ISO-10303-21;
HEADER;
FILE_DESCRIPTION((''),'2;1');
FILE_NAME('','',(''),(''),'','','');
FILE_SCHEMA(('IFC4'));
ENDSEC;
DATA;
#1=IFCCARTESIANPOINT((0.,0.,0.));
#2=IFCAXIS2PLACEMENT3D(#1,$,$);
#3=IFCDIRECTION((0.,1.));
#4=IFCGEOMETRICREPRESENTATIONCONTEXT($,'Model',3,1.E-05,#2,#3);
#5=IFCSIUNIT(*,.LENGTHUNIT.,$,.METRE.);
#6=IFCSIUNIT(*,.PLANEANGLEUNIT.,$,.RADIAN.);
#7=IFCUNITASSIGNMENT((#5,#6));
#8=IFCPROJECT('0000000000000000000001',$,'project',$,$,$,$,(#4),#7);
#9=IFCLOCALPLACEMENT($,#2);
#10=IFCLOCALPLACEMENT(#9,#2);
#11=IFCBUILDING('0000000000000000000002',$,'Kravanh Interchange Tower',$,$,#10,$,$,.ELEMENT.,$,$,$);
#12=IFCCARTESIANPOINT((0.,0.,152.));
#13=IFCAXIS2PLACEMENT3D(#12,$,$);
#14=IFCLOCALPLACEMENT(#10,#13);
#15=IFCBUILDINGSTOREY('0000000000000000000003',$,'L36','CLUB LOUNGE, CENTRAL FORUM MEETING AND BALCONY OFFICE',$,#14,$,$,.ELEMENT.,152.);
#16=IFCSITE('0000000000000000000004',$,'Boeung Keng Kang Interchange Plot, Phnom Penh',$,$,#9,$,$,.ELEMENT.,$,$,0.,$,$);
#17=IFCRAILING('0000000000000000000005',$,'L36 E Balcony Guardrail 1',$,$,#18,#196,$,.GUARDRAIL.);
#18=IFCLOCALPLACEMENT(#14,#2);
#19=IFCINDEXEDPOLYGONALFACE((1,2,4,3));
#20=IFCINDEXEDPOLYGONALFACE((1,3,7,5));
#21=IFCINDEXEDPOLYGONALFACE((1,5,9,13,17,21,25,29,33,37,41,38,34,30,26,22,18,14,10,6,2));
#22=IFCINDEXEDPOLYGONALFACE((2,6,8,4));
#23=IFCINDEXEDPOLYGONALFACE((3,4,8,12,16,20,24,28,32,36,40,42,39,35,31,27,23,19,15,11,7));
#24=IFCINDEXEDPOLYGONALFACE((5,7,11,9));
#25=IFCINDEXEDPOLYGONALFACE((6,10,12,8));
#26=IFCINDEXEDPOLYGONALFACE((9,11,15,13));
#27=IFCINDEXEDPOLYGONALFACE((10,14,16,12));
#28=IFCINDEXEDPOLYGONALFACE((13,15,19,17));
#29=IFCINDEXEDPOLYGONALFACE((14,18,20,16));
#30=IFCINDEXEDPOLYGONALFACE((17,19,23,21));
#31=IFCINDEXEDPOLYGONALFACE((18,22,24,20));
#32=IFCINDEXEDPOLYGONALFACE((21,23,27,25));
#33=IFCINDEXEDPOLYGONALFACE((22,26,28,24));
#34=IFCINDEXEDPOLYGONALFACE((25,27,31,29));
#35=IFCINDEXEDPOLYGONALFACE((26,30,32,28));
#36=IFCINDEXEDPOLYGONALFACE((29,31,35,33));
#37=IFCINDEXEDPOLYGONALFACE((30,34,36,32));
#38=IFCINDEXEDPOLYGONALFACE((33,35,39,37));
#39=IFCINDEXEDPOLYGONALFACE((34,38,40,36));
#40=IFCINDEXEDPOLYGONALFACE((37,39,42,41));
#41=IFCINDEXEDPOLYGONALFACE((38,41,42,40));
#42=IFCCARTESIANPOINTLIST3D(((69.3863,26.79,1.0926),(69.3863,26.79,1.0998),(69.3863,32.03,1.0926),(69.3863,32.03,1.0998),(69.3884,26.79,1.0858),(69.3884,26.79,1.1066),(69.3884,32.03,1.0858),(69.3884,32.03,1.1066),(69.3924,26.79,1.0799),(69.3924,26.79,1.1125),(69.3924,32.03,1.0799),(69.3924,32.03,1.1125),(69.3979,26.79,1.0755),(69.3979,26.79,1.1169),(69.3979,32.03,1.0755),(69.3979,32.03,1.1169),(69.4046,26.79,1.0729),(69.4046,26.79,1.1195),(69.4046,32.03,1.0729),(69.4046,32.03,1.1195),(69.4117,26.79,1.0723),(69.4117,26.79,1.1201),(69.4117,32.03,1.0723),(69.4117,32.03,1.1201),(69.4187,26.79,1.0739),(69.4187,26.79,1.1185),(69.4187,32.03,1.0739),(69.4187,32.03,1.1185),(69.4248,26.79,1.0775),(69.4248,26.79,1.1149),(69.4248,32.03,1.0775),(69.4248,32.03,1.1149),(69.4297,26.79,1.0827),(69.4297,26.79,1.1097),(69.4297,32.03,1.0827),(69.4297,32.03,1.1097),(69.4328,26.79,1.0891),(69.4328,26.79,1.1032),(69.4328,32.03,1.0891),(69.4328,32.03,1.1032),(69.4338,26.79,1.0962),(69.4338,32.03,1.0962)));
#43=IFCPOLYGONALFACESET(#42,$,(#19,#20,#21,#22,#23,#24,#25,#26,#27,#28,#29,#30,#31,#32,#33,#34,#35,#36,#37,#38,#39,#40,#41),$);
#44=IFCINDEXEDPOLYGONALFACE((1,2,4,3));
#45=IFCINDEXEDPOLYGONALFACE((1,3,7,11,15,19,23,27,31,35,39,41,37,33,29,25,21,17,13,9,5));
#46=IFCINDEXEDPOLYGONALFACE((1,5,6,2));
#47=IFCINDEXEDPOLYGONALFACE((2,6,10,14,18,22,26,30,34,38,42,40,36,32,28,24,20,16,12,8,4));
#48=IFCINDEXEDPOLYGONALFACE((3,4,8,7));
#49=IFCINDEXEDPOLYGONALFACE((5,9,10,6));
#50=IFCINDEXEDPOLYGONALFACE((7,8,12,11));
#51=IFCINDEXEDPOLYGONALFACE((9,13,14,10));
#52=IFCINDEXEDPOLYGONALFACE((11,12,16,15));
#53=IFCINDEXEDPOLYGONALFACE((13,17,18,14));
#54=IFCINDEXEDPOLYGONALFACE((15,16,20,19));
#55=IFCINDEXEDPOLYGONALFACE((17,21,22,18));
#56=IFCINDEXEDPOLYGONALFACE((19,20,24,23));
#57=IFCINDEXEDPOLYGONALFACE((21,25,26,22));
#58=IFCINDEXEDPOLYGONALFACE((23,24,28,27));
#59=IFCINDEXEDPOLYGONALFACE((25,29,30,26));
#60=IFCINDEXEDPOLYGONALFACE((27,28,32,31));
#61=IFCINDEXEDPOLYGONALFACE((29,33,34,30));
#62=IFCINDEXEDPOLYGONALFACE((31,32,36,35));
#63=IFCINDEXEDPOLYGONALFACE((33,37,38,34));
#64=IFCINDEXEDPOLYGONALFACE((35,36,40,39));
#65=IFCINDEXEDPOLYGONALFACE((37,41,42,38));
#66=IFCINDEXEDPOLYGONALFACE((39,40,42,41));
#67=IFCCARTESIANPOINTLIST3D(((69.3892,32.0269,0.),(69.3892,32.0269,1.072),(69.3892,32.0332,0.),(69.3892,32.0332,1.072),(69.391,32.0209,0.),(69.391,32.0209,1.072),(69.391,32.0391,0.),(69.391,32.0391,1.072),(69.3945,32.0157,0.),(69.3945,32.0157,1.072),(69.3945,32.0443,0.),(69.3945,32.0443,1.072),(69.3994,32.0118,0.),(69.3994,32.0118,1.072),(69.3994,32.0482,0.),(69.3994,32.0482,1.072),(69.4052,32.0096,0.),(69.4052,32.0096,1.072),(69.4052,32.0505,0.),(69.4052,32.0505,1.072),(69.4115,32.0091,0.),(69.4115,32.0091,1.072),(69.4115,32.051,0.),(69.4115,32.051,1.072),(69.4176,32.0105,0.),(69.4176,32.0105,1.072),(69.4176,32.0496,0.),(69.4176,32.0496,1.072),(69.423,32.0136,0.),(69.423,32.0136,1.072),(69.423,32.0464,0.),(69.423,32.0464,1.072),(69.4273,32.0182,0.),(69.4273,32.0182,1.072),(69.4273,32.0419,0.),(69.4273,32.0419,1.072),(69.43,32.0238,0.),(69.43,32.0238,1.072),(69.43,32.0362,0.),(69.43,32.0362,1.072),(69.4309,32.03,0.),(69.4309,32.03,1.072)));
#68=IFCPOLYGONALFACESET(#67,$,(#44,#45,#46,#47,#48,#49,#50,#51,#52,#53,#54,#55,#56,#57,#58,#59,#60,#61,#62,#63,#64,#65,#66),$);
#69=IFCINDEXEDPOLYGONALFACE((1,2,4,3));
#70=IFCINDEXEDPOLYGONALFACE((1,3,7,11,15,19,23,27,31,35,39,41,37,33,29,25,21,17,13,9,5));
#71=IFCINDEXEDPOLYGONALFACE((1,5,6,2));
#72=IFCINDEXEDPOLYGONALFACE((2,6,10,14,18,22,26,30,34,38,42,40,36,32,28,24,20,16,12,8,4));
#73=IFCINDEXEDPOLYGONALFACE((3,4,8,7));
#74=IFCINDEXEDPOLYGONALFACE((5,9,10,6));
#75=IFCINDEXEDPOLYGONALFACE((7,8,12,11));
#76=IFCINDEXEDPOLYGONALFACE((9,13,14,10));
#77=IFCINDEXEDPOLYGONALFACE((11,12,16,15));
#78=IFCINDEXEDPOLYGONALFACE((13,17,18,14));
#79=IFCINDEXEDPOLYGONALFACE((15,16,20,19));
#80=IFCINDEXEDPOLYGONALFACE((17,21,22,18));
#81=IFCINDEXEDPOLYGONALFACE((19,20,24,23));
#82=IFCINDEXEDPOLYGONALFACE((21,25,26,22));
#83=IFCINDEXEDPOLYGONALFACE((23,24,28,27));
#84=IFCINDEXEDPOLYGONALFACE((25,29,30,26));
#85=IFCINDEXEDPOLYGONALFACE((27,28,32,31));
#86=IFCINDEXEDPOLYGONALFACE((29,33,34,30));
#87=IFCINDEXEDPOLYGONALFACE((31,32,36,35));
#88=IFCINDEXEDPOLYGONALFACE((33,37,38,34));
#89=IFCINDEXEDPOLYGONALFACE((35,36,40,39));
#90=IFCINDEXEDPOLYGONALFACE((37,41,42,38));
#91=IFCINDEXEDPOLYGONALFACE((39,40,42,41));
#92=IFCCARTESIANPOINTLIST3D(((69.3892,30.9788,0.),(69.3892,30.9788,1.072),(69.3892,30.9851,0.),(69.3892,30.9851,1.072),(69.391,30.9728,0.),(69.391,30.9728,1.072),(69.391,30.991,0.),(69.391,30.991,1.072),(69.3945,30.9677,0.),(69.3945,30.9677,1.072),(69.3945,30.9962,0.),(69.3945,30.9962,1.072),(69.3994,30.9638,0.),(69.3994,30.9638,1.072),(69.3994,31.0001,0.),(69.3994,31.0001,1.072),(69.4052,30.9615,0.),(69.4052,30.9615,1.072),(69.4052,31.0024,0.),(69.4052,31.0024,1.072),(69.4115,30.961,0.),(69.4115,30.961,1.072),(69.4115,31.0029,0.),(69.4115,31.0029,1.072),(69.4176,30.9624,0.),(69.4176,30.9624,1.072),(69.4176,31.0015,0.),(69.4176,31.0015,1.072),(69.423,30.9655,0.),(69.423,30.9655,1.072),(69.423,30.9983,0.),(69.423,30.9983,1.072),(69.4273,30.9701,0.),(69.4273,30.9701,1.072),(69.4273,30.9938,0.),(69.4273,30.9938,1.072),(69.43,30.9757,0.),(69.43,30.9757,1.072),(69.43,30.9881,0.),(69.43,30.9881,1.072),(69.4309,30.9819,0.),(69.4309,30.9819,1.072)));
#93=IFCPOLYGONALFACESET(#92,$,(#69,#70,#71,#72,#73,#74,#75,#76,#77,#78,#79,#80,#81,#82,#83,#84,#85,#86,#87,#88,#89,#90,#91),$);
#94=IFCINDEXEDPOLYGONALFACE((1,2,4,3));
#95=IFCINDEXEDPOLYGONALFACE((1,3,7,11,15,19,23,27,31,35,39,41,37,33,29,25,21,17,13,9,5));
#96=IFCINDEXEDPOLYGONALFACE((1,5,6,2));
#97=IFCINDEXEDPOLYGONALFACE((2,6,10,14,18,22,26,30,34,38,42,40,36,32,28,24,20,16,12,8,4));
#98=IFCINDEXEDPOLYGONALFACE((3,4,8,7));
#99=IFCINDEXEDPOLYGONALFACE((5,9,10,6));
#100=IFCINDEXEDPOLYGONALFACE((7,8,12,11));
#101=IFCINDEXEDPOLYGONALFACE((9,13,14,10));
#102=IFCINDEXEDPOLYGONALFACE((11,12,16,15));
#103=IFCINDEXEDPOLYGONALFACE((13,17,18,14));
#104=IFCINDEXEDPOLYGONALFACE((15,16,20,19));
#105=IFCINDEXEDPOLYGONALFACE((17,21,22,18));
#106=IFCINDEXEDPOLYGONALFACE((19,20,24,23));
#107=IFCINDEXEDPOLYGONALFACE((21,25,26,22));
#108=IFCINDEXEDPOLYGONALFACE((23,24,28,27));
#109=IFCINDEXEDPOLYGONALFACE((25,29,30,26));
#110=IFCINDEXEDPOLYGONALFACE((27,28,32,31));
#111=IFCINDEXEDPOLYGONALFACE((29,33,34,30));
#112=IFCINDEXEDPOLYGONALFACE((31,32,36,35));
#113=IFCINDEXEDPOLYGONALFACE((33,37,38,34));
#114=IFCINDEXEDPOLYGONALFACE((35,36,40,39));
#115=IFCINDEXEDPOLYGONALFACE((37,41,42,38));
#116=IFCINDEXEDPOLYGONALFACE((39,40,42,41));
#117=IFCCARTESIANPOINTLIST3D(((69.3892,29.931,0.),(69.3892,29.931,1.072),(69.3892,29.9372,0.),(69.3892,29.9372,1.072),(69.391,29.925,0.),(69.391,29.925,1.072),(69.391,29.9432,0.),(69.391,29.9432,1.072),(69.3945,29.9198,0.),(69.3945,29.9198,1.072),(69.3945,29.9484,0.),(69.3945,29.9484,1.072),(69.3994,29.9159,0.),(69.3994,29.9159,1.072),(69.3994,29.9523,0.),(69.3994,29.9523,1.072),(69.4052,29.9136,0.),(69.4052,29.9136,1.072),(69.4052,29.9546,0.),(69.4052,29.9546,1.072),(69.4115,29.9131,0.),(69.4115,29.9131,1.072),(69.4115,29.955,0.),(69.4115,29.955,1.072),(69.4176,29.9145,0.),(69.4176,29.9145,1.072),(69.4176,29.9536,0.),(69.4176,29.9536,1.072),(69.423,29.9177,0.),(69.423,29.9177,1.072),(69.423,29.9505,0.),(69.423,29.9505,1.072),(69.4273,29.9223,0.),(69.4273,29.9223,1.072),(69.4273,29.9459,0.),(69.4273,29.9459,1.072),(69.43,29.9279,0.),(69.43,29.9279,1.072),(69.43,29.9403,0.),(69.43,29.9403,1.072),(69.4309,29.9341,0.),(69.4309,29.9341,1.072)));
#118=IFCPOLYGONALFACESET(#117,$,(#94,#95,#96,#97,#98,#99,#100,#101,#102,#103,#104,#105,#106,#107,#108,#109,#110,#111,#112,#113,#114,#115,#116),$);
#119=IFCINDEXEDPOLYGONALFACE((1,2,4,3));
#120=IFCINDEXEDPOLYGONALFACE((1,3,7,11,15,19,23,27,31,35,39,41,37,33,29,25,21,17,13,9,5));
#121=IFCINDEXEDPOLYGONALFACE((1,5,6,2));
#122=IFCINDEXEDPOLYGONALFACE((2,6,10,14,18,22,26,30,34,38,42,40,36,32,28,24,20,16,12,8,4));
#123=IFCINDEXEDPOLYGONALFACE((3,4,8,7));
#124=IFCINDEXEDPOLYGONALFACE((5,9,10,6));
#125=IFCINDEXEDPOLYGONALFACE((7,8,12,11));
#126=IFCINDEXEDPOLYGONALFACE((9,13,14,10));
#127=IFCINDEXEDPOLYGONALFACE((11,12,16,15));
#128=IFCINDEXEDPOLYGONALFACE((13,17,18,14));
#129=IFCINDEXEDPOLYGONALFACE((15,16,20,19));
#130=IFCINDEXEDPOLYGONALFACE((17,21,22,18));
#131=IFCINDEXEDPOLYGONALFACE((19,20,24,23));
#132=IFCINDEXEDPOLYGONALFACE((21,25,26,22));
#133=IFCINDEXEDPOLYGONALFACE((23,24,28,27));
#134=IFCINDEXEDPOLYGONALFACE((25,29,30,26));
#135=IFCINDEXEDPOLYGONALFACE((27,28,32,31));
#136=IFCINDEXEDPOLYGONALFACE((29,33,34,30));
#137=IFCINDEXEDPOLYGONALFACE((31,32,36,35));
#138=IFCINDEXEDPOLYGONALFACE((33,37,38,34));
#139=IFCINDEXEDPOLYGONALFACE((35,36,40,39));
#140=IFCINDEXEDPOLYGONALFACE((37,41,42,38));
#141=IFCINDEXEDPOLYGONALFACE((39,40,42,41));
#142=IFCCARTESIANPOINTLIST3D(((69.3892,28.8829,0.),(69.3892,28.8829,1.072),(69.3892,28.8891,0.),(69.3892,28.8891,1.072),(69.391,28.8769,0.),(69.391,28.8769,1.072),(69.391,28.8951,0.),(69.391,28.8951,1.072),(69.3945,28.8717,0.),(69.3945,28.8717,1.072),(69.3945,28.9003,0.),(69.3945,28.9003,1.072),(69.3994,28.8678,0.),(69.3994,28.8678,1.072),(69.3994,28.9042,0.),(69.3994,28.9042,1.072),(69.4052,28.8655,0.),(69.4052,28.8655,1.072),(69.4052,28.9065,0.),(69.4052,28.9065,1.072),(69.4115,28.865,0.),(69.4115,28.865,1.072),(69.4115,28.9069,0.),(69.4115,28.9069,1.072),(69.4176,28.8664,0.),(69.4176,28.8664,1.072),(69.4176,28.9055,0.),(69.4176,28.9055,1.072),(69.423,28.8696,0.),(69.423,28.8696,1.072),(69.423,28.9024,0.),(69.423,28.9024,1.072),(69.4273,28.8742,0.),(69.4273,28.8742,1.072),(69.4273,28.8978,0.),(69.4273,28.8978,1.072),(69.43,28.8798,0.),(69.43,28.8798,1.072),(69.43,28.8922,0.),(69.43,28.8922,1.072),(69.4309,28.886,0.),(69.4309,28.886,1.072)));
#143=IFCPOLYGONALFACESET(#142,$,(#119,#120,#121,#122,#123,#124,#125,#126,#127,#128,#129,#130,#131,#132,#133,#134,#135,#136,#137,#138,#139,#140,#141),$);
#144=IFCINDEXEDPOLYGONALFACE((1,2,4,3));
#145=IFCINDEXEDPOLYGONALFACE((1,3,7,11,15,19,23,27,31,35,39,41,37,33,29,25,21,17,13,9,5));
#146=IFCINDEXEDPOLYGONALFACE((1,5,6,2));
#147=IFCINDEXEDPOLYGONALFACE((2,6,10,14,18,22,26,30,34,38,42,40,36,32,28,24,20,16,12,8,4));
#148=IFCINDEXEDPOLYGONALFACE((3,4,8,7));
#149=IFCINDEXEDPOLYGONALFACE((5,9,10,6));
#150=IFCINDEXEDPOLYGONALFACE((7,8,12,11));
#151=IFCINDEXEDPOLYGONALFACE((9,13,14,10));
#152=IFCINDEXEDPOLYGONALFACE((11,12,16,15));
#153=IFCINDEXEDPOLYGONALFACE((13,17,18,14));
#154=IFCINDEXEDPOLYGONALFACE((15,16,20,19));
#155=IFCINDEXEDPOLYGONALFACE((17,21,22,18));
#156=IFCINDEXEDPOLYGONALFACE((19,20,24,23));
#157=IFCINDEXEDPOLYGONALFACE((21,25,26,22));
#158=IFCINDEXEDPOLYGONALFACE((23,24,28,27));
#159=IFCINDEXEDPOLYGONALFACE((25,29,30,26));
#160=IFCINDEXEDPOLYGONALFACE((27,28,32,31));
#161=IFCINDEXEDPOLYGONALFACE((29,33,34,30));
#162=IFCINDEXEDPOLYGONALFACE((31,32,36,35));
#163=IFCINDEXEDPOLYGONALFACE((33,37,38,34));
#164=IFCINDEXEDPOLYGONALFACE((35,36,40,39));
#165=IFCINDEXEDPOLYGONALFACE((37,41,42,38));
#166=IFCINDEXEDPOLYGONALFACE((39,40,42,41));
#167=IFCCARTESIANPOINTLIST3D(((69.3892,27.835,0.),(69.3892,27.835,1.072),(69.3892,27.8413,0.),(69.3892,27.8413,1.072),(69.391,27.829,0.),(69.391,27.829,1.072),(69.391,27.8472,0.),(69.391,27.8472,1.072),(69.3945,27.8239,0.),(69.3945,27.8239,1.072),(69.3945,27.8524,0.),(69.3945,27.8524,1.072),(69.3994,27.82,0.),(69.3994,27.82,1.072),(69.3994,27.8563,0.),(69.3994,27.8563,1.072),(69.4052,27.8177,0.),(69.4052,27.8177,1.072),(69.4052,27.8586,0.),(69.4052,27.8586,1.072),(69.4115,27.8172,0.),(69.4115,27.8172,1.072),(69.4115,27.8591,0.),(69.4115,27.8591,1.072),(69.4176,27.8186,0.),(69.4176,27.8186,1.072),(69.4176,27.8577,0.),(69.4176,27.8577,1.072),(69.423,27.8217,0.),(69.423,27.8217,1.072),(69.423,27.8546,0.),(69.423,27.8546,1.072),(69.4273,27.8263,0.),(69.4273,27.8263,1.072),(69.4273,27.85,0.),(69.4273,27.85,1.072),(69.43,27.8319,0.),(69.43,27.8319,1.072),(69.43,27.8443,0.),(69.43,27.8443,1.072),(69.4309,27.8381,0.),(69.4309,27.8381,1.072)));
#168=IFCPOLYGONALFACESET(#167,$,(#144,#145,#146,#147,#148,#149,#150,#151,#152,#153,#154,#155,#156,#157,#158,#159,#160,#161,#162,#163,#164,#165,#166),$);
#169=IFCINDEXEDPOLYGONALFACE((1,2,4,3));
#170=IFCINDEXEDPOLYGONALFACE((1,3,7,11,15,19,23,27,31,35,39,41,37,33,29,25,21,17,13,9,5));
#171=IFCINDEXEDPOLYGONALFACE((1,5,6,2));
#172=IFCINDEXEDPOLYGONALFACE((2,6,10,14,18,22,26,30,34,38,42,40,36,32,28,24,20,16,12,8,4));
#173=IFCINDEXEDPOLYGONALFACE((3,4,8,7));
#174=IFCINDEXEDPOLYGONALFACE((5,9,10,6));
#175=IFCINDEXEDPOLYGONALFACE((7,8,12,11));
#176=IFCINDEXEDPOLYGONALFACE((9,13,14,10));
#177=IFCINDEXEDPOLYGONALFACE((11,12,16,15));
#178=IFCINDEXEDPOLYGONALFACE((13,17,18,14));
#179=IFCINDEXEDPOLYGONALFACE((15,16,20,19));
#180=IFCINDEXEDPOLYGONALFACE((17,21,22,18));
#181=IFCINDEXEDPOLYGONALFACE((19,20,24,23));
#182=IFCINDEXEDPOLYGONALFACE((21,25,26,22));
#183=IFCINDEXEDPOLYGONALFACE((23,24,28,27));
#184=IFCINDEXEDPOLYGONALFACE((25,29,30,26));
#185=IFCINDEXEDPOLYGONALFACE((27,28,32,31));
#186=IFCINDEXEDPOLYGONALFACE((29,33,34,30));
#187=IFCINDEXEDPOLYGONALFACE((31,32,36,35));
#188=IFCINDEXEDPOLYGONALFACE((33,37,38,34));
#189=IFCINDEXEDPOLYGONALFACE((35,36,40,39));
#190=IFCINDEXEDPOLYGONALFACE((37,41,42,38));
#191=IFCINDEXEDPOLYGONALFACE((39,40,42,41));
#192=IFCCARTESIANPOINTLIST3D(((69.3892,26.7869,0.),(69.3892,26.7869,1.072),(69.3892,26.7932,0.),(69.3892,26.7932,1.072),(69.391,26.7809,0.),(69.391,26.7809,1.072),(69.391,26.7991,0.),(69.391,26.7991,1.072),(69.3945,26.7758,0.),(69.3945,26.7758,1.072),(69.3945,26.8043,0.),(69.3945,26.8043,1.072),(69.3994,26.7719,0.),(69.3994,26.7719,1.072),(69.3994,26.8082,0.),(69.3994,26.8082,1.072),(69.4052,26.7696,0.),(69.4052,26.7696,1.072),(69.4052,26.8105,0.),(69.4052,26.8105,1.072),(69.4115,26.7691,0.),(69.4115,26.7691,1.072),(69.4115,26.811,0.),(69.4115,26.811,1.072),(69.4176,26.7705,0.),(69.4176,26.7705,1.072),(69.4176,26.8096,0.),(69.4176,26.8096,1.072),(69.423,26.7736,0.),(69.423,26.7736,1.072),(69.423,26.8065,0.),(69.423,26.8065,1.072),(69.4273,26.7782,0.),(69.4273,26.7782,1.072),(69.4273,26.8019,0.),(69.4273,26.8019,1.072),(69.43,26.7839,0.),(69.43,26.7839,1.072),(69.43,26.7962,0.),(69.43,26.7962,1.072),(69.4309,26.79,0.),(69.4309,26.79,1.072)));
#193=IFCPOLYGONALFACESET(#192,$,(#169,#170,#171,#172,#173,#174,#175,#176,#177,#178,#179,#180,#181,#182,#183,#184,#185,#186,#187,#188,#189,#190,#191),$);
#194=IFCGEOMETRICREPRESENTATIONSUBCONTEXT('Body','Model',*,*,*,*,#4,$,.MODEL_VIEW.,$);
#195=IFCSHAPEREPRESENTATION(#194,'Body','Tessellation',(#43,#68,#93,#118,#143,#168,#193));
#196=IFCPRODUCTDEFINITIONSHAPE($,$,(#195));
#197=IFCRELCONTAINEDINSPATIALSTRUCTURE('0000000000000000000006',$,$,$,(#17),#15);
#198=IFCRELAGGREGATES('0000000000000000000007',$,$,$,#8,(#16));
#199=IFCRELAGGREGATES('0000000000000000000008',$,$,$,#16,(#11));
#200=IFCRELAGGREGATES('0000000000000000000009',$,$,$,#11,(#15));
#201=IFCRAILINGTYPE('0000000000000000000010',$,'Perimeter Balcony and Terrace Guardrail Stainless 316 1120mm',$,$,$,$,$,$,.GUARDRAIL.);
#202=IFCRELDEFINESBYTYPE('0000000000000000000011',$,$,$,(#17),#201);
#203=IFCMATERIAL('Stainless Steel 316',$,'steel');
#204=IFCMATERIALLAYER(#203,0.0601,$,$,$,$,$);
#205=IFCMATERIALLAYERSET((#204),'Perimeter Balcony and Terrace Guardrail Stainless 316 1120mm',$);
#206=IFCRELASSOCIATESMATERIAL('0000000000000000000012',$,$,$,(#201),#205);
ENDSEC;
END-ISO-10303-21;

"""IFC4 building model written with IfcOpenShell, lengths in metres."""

from ifc_helpers import new_model, si_unit, direction, frame, origin, origin_2d, place, context, subcontext, project, spatial, circle, extrude, material, layer, layer_set, type_object, element, save


model = new_model("IFC4")

# Units and contexts
model_context = context("Model", 3, precision=1e-05, world=origin(), true_north=direction((0.0, 1.0)))
body_context = subcontext(model_context, "Body", "Model", "MODEL_VIEW")
ifc_project = project(units=[si_unit("LENGTHUNIT", "METRE"), si_unit("PLANEANGLEUNIT", "RADIAN")], contexts=[model_context])

# Site, building, storey
site_placement = place(None, origin())
site = spatial("IfcSite", under=ifc_project, at=site_placement, Name="Boeung Keng Kang Interchange Plot, Phnom Penh", CompositionType="ELEMENT", RefElevation=0.0)
building_placement = place(site_placement, origin())
building = spatial("IfcBuilding", under=site, at=building_placement, Name="Kravanh Interchange Tower", CompositionType="ELEMENT")
storey_placement = place(building_placement, frame((0.0, 0.0, 152.0)))
storey = spatial("IfcBuildingStorey", under=building, at=storey_placement, Name="L36", Description="CLUB LOUNGE, CENTRAL FORUM MEETING AND BALCONY OFFICE", CompositionType="ELEMENT", Elevation=152.0)

# Railing
ifc_material_1 = material(Name="Stainless Steel 316", Category="steel")
ifc_layer_1 = layer(ifc_material_1, 0.0601)
ifc_layer_set_1 = layer_set([ifc_layer_1], Name="Perimeter Balcony and Terrace Guardrail Stainless 316 1120mm")
railing_type_1 = type_object("IfcRailingType", Name="Perimeter Balcony and Terrace Guardrail Stainless 316 1120mm", PredefinedType="GUARDRAIL", material=ifc_layer_set_1)
railing_1_placement = place(storey_placement, frame((69.4099, 32.03, 0.0)))
element("IfcRailing", 1, at=railing_1_placement, inside=storey, type_object=railing_type_1, Name="L36 E Balcony Guardrail 1", PredefinedType="GUARDRAIL", context=body_context, shape_type="SweptSolid", body=[
    extrude(circle(Radius=0.0239, at=origin_2d()), frame((0.0, 0.0, 1.0962), z_axis=(0.0, -1.0, 0.0), x_axis=(1.0, 0.0, 0.0)), (0.0, 0.0, 1.0), 5.24),
    extrude(circle(Radius=0.021, at=origin_2d()), origin(), (0.0, 0.0, 1.0), 1.072),
    extrude(circle(Radius=0.021, at=origin_2d()), frame((0.0, -1.0481, 0.0)), (0.0, 0.0, 1.0), 1.072),
    extrude(circle(Radius=0.021, at=origin_2d()), frame((0.0, -2.0959, 0.0)), (0.0, 0.0, 1.0), 1.072),
    extrude(circle(Radius=0.021, at=origin_2d()), frame((0.0, -3.144, 0.0)), (0.0, 0.0, 1.0), 1.072),
    extrude(circle(Radius=0.021, at=origin_2d()), frame((0.0, -4.1919, 0.0)), (0.0, 0.0, 1.0), 1.072),
    extrude(circle(Radius=0.021, at=origin_2d()), frame((0.0, -5.24, 0.0)), (0.0, 0.0, 1.0), 1.072),
])

save(model, "model.ifc")
